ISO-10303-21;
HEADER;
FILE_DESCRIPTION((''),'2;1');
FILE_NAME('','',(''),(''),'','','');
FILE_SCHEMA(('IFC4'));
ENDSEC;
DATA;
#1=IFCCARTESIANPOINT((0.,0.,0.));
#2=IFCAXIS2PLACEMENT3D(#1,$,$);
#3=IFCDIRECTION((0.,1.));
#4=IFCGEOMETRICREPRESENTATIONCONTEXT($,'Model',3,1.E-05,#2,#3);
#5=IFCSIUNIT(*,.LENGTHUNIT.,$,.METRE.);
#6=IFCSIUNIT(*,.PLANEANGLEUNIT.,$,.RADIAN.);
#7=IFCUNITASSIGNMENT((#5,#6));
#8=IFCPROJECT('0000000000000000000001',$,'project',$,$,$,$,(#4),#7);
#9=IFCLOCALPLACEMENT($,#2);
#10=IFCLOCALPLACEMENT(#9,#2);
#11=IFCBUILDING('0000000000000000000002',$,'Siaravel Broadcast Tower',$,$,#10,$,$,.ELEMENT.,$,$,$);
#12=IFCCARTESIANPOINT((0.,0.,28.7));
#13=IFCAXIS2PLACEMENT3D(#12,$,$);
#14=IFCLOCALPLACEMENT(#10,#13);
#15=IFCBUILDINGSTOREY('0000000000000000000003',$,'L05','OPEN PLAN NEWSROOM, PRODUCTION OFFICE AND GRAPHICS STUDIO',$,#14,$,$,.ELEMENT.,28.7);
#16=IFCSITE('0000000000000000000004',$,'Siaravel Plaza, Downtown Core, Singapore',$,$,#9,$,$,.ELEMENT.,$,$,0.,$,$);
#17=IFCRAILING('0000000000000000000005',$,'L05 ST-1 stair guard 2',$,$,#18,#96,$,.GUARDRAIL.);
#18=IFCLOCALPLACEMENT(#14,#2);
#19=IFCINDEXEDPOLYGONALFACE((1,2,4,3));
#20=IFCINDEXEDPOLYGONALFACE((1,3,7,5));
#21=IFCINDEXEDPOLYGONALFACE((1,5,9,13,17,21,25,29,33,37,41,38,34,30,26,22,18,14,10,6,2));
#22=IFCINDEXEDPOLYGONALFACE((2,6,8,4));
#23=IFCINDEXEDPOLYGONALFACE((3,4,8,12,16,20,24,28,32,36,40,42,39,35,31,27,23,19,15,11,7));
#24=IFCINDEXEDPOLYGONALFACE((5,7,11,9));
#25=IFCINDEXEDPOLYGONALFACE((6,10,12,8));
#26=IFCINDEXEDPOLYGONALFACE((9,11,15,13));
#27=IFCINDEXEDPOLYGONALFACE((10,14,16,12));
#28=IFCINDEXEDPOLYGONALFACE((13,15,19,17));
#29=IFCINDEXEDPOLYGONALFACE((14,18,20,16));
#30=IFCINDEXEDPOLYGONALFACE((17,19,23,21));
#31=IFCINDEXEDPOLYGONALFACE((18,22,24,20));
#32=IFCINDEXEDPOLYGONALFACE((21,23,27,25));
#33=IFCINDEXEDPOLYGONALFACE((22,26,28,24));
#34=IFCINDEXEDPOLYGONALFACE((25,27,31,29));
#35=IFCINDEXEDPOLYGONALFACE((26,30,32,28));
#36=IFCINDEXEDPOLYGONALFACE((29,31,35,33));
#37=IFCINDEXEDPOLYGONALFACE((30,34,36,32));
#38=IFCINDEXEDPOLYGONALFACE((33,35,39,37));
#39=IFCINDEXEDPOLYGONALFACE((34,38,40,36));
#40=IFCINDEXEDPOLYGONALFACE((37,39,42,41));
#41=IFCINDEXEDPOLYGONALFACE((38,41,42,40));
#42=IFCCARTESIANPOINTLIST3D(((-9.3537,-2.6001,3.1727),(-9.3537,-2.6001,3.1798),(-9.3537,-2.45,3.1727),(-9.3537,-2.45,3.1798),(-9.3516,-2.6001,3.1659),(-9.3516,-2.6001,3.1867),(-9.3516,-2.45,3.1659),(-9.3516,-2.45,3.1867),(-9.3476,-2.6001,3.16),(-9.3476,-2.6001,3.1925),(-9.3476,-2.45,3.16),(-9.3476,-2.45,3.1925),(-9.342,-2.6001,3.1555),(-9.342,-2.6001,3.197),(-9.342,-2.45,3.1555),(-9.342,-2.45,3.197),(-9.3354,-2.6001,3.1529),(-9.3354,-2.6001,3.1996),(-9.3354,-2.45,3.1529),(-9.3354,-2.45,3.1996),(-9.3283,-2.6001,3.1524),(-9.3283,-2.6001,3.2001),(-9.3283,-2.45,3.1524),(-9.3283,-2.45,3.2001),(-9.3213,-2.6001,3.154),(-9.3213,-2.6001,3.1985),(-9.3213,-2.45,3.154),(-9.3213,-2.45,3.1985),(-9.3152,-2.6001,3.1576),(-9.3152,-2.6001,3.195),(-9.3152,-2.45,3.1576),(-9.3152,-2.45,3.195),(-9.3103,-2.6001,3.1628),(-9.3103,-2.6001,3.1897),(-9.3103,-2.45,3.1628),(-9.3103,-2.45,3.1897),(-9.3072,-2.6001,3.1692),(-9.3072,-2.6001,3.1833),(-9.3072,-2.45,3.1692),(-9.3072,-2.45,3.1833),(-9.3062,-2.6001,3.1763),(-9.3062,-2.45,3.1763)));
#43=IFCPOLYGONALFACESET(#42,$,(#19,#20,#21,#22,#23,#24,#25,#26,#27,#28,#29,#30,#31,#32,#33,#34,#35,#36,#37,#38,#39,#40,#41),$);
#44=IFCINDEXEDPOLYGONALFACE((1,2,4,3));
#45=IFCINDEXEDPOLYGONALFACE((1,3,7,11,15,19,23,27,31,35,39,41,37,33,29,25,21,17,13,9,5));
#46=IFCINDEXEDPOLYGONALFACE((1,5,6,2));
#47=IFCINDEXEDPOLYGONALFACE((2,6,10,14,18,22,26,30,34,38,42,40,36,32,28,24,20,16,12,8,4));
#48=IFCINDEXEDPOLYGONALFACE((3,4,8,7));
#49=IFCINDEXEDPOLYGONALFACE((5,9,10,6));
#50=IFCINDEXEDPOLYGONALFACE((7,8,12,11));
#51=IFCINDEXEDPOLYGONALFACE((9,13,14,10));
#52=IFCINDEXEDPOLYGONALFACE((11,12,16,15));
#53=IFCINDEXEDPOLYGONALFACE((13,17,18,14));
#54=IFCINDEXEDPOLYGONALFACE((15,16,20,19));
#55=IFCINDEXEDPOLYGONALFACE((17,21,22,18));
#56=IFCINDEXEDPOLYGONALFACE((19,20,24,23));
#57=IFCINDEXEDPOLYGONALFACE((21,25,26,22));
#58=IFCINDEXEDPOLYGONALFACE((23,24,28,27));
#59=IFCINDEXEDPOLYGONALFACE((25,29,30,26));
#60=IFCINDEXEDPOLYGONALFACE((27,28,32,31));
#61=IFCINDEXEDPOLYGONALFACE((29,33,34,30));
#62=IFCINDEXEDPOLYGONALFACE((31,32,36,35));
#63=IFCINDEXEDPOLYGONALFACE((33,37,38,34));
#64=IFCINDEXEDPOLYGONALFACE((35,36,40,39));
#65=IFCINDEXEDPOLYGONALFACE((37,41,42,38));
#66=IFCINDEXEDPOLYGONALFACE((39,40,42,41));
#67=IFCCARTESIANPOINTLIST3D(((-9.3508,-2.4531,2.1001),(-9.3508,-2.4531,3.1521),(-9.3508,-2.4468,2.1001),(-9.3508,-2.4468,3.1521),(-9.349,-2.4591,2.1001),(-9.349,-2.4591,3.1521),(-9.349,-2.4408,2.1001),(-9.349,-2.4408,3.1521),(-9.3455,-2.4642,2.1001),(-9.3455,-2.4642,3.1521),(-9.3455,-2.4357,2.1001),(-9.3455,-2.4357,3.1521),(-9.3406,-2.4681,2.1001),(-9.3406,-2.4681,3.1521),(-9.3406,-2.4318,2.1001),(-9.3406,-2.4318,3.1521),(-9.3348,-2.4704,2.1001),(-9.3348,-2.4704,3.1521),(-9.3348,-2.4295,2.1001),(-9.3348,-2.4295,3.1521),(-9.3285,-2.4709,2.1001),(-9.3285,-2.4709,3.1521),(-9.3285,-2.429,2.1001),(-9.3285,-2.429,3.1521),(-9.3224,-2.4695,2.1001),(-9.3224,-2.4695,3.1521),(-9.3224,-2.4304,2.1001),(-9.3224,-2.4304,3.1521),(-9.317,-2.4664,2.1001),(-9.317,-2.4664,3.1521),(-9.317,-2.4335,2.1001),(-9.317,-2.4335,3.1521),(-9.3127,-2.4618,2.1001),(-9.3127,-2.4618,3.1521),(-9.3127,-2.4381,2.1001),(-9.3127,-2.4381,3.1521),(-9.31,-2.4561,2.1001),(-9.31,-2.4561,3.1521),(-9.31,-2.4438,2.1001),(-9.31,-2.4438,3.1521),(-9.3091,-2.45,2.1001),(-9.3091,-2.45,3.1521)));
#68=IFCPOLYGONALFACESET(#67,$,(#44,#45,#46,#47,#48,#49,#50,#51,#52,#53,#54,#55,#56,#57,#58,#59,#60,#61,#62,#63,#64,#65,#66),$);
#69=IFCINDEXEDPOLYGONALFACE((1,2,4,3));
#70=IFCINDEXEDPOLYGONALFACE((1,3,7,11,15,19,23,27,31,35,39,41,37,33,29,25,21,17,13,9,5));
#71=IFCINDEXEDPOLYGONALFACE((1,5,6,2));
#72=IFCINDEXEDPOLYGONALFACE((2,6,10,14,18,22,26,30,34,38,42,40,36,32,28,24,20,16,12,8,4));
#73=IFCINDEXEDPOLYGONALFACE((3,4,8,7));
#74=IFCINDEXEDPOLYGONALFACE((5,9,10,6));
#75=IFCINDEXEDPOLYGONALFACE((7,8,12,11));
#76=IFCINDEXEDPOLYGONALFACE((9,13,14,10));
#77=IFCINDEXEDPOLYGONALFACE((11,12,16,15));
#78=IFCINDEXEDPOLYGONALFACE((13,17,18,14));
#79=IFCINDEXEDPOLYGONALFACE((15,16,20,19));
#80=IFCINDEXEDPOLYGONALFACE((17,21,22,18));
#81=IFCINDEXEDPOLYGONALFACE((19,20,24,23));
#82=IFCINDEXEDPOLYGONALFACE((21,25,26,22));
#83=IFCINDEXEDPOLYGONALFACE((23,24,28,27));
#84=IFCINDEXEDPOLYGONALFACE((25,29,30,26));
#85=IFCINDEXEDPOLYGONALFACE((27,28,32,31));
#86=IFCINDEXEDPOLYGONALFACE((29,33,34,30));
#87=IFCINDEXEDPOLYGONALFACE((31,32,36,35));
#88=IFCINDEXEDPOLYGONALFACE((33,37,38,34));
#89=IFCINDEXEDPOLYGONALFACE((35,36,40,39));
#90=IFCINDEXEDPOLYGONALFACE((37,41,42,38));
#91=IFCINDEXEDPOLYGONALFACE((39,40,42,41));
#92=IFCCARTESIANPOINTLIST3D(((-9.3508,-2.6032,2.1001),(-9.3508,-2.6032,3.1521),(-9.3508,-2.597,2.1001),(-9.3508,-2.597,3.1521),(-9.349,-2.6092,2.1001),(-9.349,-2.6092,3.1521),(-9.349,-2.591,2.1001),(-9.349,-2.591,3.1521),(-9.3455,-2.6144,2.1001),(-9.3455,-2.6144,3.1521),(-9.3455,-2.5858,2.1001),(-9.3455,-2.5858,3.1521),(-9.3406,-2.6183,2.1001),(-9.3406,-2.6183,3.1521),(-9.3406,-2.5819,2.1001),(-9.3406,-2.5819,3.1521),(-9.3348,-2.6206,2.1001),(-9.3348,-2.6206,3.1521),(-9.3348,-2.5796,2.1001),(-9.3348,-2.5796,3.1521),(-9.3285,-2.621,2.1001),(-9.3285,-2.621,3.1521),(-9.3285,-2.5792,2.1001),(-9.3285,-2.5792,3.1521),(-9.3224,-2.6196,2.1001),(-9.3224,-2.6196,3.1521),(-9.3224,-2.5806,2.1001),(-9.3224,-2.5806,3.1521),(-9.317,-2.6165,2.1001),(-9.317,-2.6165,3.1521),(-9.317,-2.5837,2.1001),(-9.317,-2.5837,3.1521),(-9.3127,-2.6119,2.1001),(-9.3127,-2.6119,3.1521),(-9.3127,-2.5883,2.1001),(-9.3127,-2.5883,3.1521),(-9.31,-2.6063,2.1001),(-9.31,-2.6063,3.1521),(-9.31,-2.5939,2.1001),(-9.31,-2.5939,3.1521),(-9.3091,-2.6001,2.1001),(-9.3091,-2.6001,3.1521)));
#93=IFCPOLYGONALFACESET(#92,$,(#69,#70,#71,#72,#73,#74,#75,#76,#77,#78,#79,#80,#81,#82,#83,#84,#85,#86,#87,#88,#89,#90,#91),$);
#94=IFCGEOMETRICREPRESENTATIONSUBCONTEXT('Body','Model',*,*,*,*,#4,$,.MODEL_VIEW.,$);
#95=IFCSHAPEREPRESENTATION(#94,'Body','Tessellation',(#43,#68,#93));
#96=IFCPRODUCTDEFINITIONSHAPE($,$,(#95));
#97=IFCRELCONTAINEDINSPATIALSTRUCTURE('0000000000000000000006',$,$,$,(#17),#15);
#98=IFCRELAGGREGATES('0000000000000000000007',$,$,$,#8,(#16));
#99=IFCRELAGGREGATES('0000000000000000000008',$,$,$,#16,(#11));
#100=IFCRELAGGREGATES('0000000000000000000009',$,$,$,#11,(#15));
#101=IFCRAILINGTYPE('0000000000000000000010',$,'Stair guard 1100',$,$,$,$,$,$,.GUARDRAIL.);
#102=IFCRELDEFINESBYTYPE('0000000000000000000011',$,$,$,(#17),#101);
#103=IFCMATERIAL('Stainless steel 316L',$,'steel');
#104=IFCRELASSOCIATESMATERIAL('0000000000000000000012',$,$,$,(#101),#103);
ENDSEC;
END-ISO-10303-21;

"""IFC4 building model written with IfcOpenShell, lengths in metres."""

from ifc_helpers import new_model, si_unit, direction, frame, origin, origin_2d, place, context, subcontext, project, spatial, circle, extrude, material, type_object, element, save


model = new_model("IFC4")

# Units and contexts
model_context = context("Model", 3, precision=1e-05, world=origin(), true_north=direction((0.0, 1.0)))
body_context = subcontext(model_context, "Body", "Model", "MODEL_VIEW")
ifc_project = project(units=[si_unit("LENGTHUNIT", "METRE"), si_unit("PLANEANGLEUNIT", "RADIAN")], contexts=[model_context])

# Site, building, storey
site_placement = place(None, origin())
site = spatial("IfcSite", under=ifc_project, at=site_placement, Name="Siaravel Plaza, Downtown Core, Singapore", CompositionType="ELEMENT", RefElevation=0.0)
building_placement = place(site_placement, origin())
building = spatial("IfcBuilding", under=site, at=building_placement, Name="Siaravel Broadcast Tower", CompositionType="ELEMENT")
storey_placement = place(building_placement, frame((0.0, 0.0, 28.7)))
storey = spatial("IfcBuildingStorey", under=building, at=storey_placement, Name="L05", Description="OPEN PLAN NEWSROOM, PRODUCTION OFFICE AND GRAPHICS STUDIO", CompositionType="ELEMENT", Elevation=28.7)

# Shared definitions
ifc_material_1 = material(Name="Stainless steel 316L", Category="steel")

# Railing
railing_type_1 = type_object("IfcRailingType", Name="Stair guard 1100", PredefinedType="GUARDRAIL", material=ifc_material_1)
railing_1_placement = place(storey_placement, frame((-9.3301, -2.45, 2.1001)))
element("IfcRailing", 1, at=railing_1_placement, inside=storey, type_object=railing_type_1, Name="L05 ST-1 stair guard 2", PredefinedType="GUARDRAIL", context=body_context, shape_type="SweptSolid", body=[
    extrude(circle(Radius=0.0239, at=origin_2d()), frame((0.0, 0.0, 1.0762), z_axis=(0.0, -1.0, 0.0), x_axis=(1.0, 0.0, 0.0)), (0.0, 0.0, 1.0), 0.1501),
    extrude(circle(Radius=0.021, at=origin_2d()), origin(), (0.0, 0.0, 1.0), 1.052),
    extrude(circle(Radius=0.021, at=origin_2d()), frame((0.0, -0.1501, 0.0)), (0.0, 0.0, 1.0), 1.052),
])

save(model, "model.ifc")
